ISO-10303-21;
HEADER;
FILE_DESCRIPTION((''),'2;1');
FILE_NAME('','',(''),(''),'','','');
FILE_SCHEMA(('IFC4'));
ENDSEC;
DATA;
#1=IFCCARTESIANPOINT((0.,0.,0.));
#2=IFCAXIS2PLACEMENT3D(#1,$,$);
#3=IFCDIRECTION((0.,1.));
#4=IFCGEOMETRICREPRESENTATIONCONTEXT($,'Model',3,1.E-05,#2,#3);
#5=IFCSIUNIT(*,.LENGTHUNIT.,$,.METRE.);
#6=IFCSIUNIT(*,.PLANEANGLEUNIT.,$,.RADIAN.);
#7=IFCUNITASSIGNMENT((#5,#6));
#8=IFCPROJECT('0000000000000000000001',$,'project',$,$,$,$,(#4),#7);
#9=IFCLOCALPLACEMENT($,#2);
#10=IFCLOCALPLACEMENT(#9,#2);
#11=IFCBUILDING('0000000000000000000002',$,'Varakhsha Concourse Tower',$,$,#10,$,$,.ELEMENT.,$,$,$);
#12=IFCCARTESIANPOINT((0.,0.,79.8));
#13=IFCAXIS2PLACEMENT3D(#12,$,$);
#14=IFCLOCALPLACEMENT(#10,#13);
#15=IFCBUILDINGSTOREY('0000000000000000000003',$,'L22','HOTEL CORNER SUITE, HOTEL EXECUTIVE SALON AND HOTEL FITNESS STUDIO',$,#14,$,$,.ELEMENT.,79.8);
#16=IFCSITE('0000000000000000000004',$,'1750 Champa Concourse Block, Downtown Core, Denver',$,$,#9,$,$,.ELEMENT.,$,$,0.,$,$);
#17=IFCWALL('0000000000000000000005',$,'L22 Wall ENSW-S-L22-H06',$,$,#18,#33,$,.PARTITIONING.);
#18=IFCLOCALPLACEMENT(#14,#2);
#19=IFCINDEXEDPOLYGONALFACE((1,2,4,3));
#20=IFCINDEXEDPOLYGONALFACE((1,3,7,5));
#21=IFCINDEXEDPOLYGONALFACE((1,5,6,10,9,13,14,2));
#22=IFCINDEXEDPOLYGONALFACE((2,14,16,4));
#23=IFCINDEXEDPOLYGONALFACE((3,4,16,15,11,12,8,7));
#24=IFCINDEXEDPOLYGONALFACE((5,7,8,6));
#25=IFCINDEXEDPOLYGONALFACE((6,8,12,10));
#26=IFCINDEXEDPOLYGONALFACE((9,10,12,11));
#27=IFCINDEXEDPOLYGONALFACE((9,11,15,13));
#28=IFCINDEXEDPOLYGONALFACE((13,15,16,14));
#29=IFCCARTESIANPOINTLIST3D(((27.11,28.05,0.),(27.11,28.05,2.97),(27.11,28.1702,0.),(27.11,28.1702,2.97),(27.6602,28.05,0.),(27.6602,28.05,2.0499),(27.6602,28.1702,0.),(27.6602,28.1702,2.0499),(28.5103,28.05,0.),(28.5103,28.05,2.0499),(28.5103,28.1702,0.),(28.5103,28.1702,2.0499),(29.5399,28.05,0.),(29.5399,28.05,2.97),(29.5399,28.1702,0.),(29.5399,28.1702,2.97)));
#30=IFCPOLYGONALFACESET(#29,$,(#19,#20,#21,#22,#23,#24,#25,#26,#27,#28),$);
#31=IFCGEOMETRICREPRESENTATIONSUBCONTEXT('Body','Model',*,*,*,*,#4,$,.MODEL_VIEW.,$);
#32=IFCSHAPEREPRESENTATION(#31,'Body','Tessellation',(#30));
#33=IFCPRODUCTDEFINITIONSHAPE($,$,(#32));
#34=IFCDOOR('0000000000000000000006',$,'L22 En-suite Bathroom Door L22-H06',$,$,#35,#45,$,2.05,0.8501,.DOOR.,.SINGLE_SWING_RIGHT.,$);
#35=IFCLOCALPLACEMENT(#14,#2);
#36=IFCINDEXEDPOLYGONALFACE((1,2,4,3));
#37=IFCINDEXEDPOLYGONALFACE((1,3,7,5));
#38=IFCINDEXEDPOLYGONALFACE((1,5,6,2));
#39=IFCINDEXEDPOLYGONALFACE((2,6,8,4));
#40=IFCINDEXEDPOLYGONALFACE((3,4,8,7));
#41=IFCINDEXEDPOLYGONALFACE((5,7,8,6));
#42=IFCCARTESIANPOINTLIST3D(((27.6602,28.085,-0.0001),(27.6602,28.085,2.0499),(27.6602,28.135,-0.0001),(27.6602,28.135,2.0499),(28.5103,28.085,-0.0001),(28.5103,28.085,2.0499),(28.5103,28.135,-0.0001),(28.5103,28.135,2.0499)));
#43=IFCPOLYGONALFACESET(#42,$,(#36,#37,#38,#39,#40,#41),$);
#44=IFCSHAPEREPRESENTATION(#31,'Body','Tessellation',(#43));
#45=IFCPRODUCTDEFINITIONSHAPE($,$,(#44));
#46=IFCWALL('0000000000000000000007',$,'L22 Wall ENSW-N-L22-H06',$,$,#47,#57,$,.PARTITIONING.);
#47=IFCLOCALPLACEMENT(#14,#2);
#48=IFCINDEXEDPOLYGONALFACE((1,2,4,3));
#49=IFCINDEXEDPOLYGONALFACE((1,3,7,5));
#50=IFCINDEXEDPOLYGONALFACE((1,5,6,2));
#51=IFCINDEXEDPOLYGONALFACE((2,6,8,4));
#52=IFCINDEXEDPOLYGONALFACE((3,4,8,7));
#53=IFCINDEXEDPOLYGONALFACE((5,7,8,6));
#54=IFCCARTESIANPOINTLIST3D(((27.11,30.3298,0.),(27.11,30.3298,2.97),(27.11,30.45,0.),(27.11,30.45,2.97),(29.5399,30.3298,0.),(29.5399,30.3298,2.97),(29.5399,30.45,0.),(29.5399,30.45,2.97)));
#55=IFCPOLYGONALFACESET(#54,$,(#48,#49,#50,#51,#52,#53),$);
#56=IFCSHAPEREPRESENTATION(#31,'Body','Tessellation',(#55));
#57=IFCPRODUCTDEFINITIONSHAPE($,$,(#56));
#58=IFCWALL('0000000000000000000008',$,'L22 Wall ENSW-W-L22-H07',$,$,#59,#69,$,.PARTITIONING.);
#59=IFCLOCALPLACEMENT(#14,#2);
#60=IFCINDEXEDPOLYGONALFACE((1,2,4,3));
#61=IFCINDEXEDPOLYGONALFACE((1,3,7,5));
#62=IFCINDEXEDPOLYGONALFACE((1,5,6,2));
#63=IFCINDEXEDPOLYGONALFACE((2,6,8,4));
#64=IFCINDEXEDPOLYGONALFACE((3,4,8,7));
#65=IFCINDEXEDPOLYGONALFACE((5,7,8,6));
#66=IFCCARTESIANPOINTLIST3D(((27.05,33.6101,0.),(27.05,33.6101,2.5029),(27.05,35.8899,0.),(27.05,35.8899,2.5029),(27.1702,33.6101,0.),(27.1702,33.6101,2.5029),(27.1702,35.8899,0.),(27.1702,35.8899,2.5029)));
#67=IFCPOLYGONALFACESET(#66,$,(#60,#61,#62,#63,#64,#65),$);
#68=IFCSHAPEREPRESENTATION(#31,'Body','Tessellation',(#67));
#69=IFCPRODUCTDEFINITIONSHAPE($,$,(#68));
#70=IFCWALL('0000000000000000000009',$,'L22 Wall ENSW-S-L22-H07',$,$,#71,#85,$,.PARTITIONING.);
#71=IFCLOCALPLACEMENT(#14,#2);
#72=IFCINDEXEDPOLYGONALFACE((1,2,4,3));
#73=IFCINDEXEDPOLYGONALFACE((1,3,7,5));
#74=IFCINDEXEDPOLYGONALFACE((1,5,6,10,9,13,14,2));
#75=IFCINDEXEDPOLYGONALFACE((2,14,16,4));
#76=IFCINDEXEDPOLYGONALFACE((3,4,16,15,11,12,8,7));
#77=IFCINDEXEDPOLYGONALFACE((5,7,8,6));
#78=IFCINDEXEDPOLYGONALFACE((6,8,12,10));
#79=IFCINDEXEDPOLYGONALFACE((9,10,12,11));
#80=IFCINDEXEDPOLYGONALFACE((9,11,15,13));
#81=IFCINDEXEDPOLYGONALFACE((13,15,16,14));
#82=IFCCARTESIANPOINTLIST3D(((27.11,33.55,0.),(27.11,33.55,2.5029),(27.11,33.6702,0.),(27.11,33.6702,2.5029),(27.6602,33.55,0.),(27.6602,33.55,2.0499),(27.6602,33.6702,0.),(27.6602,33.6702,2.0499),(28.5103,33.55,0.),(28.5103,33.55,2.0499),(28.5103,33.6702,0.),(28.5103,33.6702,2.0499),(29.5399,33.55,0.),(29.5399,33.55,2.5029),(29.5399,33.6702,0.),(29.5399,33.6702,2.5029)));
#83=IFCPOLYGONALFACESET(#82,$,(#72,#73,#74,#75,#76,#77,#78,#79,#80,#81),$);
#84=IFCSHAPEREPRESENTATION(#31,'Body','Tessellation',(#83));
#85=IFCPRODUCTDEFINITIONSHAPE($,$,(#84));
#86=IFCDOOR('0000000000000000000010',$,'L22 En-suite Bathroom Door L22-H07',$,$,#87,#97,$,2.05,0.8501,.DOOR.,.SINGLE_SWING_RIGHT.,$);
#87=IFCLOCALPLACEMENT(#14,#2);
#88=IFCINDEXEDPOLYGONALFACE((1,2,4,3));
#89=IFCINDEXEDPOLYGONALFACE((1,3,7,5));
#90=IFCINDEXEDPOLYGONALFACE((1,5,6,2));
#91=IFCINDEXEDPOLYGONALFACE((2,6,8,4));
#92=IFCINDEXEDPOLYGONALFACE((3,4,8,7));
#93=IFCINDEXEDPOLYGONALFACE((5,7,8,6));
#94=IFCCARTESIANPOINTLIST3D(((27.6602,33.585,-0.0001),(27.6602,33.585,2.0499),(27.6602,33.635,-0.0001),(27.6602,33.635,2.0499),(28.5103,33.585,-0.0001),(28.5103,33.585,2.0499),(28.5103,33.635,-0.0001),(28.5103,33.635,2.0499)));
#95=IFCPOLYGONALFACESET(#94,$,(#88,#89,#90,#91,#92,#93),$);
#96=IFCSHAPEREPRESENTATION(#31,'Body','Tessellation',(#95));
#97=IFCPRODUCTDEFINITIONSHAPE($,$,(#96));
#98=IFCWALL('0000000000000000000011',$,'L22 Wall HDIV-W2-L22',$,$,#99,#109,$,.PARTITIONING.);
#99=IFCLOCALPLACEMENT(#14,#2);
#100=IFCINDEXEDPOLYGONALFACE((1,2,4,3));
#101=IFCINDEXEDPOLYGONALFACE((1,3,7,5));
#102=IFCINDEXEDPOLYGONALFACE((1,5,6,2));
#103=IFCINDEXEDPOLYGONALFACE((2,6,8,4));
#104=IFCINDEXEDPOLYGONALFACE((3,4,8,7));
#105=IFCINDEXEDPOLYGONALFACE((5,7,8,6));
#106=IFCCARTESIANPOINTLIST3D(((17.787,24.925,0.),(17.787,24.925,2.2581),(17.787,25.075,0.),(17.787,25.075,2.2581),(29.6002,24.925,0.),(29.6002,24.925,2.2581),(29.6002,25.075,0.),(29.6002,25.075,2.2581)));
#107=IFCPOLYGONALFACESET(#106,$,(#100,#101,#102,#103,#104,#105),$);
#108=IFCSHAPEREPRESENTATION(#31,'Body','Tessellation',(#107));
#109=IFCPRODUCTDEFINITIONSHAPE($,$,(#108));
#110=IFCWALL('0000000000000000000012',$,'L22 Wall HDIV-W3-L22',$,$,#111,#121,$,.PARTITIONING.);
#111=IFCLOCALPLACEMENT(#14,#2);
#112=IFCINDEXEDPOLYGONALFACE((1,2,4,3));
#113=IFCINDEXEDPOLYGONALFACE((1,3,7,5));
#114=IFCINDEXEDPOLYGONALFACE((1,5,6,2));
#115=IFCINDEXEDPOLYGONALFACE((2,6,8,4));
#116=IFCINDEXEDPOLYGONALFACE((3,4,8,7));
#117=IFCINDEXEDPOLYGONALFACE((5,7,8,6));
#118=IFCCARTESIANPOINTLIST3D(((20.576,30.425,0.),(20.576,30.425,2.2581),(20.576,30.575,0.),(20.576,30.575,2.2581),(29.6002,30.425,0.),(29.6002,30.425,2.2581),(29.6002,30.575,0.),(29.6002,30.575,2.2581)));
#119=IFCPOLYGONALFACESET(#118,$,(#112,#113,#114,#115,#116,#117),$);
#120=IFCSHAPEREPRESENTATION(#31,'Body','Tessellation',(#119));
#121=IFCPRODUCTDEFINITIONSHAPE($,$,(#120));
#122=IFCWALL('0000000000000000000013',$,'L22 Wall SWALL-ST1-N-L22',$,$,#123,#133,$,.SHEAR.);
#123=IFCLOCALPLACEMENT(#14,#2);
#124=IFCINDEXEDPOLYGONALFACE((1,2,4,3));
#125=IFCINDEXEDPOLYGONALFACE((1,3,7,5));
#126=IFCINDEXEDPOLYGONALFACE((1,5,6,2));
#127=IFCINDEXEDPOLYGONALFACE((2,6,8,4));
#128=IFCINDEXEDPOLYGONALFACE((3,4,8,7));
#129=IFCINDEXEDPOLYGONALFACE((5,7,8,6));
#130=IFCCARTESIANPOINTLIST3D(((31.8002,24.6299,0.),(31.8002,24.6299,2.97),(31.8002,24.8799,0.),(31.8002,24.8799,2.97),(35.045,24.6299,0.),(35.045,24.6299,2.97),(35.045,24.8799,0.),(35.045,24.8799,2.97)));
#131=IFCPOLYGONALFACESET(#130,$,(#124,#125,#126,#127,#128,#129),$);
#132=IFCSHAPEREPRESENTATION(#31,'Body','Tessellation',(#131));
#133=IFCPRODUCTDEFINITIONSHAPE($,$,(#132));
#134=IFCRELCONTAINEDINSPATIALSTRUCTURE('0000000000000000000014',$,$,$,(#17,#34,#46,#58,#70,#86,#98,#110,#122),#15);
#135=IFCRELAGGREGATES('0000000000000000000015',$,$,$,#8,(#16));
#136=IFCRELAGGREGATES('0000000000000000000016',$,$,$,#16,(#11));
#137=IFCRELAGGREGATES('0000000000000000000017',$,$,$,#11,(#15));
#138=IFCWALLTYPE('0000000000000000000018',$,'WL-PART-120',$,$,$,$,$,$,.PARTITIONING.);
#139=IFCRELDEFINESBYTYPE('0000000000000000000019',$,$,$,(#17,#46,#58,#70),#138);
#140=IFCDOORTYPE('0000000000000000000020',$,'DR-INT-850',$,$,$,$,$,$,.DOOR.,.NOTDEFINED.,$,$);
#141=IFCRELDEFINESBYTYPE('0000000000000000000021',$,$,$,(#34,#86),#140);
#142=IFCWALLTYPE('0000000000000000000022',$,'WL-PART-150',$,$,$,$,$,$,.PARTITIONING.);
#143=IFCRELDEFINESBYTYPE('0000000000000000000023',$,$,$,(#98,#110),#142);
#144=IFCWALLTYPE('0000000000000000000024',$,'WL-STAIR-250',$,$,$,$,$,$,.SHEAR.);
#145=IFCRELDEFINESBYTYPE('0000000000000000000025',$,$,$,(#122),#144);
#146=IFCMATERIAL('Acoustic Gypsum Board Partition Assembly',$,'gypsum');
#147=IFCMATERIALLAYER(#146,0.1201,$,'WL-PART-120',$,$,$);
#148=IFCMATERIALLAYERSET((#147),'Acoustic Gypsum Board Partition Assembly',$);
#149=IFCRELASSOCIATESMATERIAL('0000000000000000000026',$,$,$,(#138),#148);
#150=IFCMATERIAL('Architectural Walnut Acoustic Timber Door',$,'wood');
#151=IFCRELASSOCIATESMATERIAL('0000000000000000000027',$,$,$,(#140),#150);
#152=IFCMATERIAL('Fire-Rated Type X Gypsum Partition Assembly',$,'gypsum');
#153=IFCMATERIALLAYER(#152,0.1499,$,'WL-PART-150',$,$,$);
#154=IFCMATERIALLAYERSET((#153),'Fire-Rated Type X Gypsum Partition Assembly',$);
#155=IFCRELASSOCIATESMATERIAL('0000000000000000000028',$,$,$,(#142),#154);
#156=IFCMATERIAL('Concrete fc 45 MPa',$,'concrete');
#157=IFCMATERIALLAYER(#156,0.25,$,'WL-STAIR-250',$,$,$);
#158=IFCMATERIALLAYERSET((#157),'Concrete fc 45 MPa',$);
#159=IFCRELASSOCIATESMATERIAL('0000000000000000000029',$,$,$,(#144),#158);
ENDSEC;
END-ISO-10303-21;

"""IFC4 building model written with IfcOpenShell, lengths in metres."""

from ifc_helpers import new_model, si_unit, direction, frame, frame_2d, origin, place, context, subcontext, project, spatial, rectangle, extrude, material, layer, layer_set, type_object, element, fill, save


model = new_model("IFC4")

# Units and contexts
model_context = context("Model", 3, precision=1e-05, world=origin(), true_north=direction((0.0, 1.0)))
body_context = subcontext(model_context, "Body", "Model", "MODEL_VIEW")
ifc_project = project(units=[si_unit("LENGTHUNIT", "METRE"), si_unit("PLANEANGLEUNIT", "RADIAN")], contexts=[model_context])

# Site, building, storey
site_placement = place(None, origin())
site = spatial("IfcSite", under=ifc_project, at=site_placement, Name="1750 Champa Concourse Block, Downtown Core, Denver", CompositionType="ELEMENT", RefElevation=0.0)
building_placement = place(site_placement, origin())
building = spatial("IfcBuilding", under=site, at=building_placement, Name="Varakhsha Concourse Tower", CompositionType="ELEMENT")
storey_placement = place(building_placement, frame((0.0, 0.0, 79.8)))
storey = spatial("IfcBuildingStorey", under=building, at=storey_placement, Name="L22", Description="HOTEL CORNER SUITE, HOTEL EXECUTIVE SALON AND HOTEL FITNESS STUDIO", CompositionType="ELEMENT", Elevation=79.8)

# Shared definitions
ifc_material_1 = material(Name="Acoustic Gypsum Board Partition Assembly", Category="gypsum")
ifc_layer_1 = layer(ifc_material_1, 0.1201, Name="WL-PART-120")
ifc_layer_set_1 = layer_set([ifc_layer_1], Name="Acoustic Gypsum Board Partition Assembly")
wall_type_1 = type_object("IfcWallType", Name="WL-PART-120", PredefinedType="PARTITIONING", material=ifc_layer_set_1)
ifc_material_2 = material(Name="Architectural Walnut Acoustic Timber Door", Category="wood")
door_type = type_object("IfcDoorType", Name="DR-INT-850", OperationType="NOTDEFINED", PredefinedType="DOOR", material=ifc_material_2)

# Wall, opening, door
wall_1_placement = place(storey_placement, frame((27.1101, 28.1101, 0.0), z_axis=(0.0, 0.0, 1.0), x_axis=(1.0, 0.0, 0.0)))
wall_1 = element("IfcWall", 1, at=wall_1_placement, inside=storey, type_object=wall_type_1, Name="L22 Wall ENSW-S-L22-H06", PredefinedType="PARTITIONING", context=body_context, shape_type="SweptSolid", body=[
    extrude(rectangle(XDim=2.4299, YDim=0.1201, at=frame_2d((1.2148, 0.0))), origin(), (0.0, 0.0, 1.0), 2.97),
])
opening_1_placement = place(wall_1_placement, frame((0.55, 0.0, 0.0)))
opening_1 = element("IfcOpeningElement", 2, at=opening_1_placement, cuts=wall_1, PredefinedType="OPENING", context=body_context, shape_type="SweptSolid", body=[
    extrude(rectangle(XDim=0.8501, YDim=2.05, at=frame_2d((0.425, 1.0249))), frame((0.0, 0.0701, 0.0), z_axis=(0.0, -1.0, 0.0), x_axis=(1.0, 0.0, 0.0)), (0.0, 0.0, 1.0), 0.1401),
])
door_1_placement = place(opening_1_placement, origin())
door_1 = element("IfcDoor", 3, at=door_1_placement, inside=storey, type_object=door_type, Name="L22 En-suite Bathroom Door L22-H06", OperationType="SINGLE_SWING_RIGHT", OverallHeight=2.05, OverallWidth=0.8501, PredefinedType="DOOR", context=body_context, shape_type="SweptSolid", body=[
    extrude(rectangle(XDim=0.8501, YDim=2.05, at=frame_2d((0.425, 1.0249))), frame((0.0, 0.0249, 0.0), z_axis=(0.0, -1.0, 0.0), x_axis=(1.0, 0.0, 0.0)), (0.0, 0.0, 1.0), 0.05),
])
fill(opening_1, door_1)

# Walls
wall_2_placement = place(storey_placement, frame((27.1101, 30.3899, 0.0), z_axis=(0.0, 0.0, 1.0), x_axis=(1.0, 0.0, 0.0)))
element("IfcWall", 4, at=wall_2_placement, inside=storey, type_object=wall_type_1, Name="L22 Wall ENSW-N-L22-H06", PredefinedType="PARTITIONING", context=body_context, shape_type="SweptSolid", body=[
    extrude(rectangle(XDim=2.4299, YDim=0.1201, at=frame_2d((1.2148, 0.0))), origin(), (0.0, 0.0, 1.0), 2.97),
])
wall_3_placement = place(storey_placement, frame((27.1101, 33.6101, 0.0), z_axis=(0.0, 0.0, 1.0), x_axis=(0.0, 1.0, 0.0)))
element("IfcWall", 5, at=wall_3_placement, inside=storey, type_object=wall_type_1, Name="L22 Wall ENSW-W-L22-H07", PredefinedType="PARTITIONING", context=body_context, shape_type="SweptSolid", body=[
    extrude(rectangle(XDim=2.2798, YDim=0.1201, at=frame_2d((1.1399, 0.0))), origin(), (0.0, 0.0, 1.0), 2.5029),
])

# Wall, opening, door
wall_4_placement = place(storey_placement, frame((27.1101, 33.6101, 0.0), z_axis=(0.0, 0.0, 1.0), x_axis=(1.0, 0.0, 0.0)))
wall_4 = element("IfcWall", 6, at=wall_4_placement, inside=storey, type_object=wall_type_1, Name="L22 Wall ENSW-S-L22-H07", PredefinedType="PARTITIONING", context=body_context, shape_type="SweptSolid", body=[
    extrude(rectangle(XDim=2.4299, YDim=0.1201, at=frame_2d((1.2148, 0.0))), origin(), (0.0, 0.0, 1.0), 2.5029),
])
opening_2_placement = place(wall_4_placement, frame((0.55, 0.0, 0.0)))
opening_2 = element("IfcOpeningElement", 7, at=opening_2_placement, cuts=wall_4, PredefinedType="OPENING", context=body_context, shape_type="SweptSolid", body=[
    extrude(rectangle(XDim=0.8501, YDim=2.05, at=frame_2d((0.425, 1.0249))), frame((0.0, 0.0701, 0.0), z_axis=(0.0, -1.0, 0.0), x_axis=(1.0, 0.0, 0.0)), (0.0, 0.0, 1.0), 0.1401),
])
door_2_placement = place(opening_2_placement, origin())
door_2 = element("IfcDoor", 8, at=door_2_placement, inside=storey, type_object=door_type, Name="L22 En-suite Bathroom Door L22-H07", OperationType="SINGLE_SWING_RIGHT", OverallHeight=2.05, OverallWidth=0.8501, PredefinedType="DOOR", context=body_context, shape_type="SweptSolid", body=[
    extrude(rectangle(XDim=0.8501, YDim=2.05, at=frame_2d((0.425, 1.0249))), frame((0.0, 0.0249, 0.0), z_axis=(0.0, -1.0, 0.0), x_axis=(1.0, 0.0, 0.0)), (0.0, 0.0, 1.0), 0.05),
])
fill(opening_2, door_2)

# Walls
ifc_material_3 = material(Name="Fire-Rated Type X Gypsum Partition Assembly", Category="gypsum")
ifc_layer_2 = layer(ifc_material_3, 0.1499, Name="WL-PART-150")
ifc_layer_set_2 = layer_set([ifc_layer_2], Name="Fire-Rated Type X Gypsum Partition Assembly")
wall_type_2 = type_object("IfcWallType", Name="WL-PART-150", PredefinedType="PARTITIONING", material=ifc_layer_set_2)
wall_5_placement = place(storey_placement, frame((17.7869, 25.0, 0.0), z_axis=(0.0, 0.0, 1.0), x_axis=(1.0, 0.0, 0.0)))
element("IfcWall", 9, at=wall_5_placement, inside=storey, type_object=wall_type_2, Name="L22 Wall HDIV-W2-L22", PredefinedType="PARTITIONING", context=body_context, shape_type="SweptSolid", body=[
    extrude(rectangle(XDim=11.8132, YDim=0.1499, at=frame_2d((5.9067, 0.0))), origin(), (0.0, 0.0, 1.0), 2.2581),
])
wall_6_placement = place(storey_placement, frame((20.5759, 30.5, 0.0), z_axis=(0.0, 0.0, 1.0), x_axis=(1.0, 0.0, 0.0)))
element("IfcWall", 10, at=wall_6_placement, inside=storey, type_object=wall_type_2, Name="L22 Wall HDIV-W3-L22", PredefinedType="PARTITIONING", context=body_context, shape_type="SweptSolid", body=[
    extrude(rectangle(XDim=9.0242, YDim=0.1499, at=frame_2d((4.5122, 0.0))), origin(), (0.0, 0.0, 1.0), 2.2581),
])
ifc_material_4 = material(Name="Concrete fc 45 MPa", Category="concrete")
ifc_layer_3 = layer(ifc_material_4, 0.25, Name="WL-STAIR-250")
ifc_layer_set_3 = layer_set([ifc_layer_3], Name="Concrete fc 45 MPa")
wall_type_3 = type_object("IfcWallType", Name="WL-STAIR-250", PredefinedType="SHEAR", material=ifc_layer_set_3)
wall_7_placement = place(storey_placement, frame((31.8, 24.7549, 0.0), z_axis=(0.0, 0.0, 1.0), x_axis=(1.0, 0.0, 0.0)))
element("IfcWall", 11, at=wall_7_placement, inside=storey, type_object=wall_type_3, Name="L22 Wall SWALL-ST1-N-L22", PredefinedType="SHEAR", context=body_context, shape_type="SweptSolid", body=[
    extrude(rectangle(XDim=3.2449, YDim=0.25, at=frame_2d((1.6226, 0.0))), origin(), (0.0, 0.0, 1.0), 2.97),
])

save(model, "model.ifc")
